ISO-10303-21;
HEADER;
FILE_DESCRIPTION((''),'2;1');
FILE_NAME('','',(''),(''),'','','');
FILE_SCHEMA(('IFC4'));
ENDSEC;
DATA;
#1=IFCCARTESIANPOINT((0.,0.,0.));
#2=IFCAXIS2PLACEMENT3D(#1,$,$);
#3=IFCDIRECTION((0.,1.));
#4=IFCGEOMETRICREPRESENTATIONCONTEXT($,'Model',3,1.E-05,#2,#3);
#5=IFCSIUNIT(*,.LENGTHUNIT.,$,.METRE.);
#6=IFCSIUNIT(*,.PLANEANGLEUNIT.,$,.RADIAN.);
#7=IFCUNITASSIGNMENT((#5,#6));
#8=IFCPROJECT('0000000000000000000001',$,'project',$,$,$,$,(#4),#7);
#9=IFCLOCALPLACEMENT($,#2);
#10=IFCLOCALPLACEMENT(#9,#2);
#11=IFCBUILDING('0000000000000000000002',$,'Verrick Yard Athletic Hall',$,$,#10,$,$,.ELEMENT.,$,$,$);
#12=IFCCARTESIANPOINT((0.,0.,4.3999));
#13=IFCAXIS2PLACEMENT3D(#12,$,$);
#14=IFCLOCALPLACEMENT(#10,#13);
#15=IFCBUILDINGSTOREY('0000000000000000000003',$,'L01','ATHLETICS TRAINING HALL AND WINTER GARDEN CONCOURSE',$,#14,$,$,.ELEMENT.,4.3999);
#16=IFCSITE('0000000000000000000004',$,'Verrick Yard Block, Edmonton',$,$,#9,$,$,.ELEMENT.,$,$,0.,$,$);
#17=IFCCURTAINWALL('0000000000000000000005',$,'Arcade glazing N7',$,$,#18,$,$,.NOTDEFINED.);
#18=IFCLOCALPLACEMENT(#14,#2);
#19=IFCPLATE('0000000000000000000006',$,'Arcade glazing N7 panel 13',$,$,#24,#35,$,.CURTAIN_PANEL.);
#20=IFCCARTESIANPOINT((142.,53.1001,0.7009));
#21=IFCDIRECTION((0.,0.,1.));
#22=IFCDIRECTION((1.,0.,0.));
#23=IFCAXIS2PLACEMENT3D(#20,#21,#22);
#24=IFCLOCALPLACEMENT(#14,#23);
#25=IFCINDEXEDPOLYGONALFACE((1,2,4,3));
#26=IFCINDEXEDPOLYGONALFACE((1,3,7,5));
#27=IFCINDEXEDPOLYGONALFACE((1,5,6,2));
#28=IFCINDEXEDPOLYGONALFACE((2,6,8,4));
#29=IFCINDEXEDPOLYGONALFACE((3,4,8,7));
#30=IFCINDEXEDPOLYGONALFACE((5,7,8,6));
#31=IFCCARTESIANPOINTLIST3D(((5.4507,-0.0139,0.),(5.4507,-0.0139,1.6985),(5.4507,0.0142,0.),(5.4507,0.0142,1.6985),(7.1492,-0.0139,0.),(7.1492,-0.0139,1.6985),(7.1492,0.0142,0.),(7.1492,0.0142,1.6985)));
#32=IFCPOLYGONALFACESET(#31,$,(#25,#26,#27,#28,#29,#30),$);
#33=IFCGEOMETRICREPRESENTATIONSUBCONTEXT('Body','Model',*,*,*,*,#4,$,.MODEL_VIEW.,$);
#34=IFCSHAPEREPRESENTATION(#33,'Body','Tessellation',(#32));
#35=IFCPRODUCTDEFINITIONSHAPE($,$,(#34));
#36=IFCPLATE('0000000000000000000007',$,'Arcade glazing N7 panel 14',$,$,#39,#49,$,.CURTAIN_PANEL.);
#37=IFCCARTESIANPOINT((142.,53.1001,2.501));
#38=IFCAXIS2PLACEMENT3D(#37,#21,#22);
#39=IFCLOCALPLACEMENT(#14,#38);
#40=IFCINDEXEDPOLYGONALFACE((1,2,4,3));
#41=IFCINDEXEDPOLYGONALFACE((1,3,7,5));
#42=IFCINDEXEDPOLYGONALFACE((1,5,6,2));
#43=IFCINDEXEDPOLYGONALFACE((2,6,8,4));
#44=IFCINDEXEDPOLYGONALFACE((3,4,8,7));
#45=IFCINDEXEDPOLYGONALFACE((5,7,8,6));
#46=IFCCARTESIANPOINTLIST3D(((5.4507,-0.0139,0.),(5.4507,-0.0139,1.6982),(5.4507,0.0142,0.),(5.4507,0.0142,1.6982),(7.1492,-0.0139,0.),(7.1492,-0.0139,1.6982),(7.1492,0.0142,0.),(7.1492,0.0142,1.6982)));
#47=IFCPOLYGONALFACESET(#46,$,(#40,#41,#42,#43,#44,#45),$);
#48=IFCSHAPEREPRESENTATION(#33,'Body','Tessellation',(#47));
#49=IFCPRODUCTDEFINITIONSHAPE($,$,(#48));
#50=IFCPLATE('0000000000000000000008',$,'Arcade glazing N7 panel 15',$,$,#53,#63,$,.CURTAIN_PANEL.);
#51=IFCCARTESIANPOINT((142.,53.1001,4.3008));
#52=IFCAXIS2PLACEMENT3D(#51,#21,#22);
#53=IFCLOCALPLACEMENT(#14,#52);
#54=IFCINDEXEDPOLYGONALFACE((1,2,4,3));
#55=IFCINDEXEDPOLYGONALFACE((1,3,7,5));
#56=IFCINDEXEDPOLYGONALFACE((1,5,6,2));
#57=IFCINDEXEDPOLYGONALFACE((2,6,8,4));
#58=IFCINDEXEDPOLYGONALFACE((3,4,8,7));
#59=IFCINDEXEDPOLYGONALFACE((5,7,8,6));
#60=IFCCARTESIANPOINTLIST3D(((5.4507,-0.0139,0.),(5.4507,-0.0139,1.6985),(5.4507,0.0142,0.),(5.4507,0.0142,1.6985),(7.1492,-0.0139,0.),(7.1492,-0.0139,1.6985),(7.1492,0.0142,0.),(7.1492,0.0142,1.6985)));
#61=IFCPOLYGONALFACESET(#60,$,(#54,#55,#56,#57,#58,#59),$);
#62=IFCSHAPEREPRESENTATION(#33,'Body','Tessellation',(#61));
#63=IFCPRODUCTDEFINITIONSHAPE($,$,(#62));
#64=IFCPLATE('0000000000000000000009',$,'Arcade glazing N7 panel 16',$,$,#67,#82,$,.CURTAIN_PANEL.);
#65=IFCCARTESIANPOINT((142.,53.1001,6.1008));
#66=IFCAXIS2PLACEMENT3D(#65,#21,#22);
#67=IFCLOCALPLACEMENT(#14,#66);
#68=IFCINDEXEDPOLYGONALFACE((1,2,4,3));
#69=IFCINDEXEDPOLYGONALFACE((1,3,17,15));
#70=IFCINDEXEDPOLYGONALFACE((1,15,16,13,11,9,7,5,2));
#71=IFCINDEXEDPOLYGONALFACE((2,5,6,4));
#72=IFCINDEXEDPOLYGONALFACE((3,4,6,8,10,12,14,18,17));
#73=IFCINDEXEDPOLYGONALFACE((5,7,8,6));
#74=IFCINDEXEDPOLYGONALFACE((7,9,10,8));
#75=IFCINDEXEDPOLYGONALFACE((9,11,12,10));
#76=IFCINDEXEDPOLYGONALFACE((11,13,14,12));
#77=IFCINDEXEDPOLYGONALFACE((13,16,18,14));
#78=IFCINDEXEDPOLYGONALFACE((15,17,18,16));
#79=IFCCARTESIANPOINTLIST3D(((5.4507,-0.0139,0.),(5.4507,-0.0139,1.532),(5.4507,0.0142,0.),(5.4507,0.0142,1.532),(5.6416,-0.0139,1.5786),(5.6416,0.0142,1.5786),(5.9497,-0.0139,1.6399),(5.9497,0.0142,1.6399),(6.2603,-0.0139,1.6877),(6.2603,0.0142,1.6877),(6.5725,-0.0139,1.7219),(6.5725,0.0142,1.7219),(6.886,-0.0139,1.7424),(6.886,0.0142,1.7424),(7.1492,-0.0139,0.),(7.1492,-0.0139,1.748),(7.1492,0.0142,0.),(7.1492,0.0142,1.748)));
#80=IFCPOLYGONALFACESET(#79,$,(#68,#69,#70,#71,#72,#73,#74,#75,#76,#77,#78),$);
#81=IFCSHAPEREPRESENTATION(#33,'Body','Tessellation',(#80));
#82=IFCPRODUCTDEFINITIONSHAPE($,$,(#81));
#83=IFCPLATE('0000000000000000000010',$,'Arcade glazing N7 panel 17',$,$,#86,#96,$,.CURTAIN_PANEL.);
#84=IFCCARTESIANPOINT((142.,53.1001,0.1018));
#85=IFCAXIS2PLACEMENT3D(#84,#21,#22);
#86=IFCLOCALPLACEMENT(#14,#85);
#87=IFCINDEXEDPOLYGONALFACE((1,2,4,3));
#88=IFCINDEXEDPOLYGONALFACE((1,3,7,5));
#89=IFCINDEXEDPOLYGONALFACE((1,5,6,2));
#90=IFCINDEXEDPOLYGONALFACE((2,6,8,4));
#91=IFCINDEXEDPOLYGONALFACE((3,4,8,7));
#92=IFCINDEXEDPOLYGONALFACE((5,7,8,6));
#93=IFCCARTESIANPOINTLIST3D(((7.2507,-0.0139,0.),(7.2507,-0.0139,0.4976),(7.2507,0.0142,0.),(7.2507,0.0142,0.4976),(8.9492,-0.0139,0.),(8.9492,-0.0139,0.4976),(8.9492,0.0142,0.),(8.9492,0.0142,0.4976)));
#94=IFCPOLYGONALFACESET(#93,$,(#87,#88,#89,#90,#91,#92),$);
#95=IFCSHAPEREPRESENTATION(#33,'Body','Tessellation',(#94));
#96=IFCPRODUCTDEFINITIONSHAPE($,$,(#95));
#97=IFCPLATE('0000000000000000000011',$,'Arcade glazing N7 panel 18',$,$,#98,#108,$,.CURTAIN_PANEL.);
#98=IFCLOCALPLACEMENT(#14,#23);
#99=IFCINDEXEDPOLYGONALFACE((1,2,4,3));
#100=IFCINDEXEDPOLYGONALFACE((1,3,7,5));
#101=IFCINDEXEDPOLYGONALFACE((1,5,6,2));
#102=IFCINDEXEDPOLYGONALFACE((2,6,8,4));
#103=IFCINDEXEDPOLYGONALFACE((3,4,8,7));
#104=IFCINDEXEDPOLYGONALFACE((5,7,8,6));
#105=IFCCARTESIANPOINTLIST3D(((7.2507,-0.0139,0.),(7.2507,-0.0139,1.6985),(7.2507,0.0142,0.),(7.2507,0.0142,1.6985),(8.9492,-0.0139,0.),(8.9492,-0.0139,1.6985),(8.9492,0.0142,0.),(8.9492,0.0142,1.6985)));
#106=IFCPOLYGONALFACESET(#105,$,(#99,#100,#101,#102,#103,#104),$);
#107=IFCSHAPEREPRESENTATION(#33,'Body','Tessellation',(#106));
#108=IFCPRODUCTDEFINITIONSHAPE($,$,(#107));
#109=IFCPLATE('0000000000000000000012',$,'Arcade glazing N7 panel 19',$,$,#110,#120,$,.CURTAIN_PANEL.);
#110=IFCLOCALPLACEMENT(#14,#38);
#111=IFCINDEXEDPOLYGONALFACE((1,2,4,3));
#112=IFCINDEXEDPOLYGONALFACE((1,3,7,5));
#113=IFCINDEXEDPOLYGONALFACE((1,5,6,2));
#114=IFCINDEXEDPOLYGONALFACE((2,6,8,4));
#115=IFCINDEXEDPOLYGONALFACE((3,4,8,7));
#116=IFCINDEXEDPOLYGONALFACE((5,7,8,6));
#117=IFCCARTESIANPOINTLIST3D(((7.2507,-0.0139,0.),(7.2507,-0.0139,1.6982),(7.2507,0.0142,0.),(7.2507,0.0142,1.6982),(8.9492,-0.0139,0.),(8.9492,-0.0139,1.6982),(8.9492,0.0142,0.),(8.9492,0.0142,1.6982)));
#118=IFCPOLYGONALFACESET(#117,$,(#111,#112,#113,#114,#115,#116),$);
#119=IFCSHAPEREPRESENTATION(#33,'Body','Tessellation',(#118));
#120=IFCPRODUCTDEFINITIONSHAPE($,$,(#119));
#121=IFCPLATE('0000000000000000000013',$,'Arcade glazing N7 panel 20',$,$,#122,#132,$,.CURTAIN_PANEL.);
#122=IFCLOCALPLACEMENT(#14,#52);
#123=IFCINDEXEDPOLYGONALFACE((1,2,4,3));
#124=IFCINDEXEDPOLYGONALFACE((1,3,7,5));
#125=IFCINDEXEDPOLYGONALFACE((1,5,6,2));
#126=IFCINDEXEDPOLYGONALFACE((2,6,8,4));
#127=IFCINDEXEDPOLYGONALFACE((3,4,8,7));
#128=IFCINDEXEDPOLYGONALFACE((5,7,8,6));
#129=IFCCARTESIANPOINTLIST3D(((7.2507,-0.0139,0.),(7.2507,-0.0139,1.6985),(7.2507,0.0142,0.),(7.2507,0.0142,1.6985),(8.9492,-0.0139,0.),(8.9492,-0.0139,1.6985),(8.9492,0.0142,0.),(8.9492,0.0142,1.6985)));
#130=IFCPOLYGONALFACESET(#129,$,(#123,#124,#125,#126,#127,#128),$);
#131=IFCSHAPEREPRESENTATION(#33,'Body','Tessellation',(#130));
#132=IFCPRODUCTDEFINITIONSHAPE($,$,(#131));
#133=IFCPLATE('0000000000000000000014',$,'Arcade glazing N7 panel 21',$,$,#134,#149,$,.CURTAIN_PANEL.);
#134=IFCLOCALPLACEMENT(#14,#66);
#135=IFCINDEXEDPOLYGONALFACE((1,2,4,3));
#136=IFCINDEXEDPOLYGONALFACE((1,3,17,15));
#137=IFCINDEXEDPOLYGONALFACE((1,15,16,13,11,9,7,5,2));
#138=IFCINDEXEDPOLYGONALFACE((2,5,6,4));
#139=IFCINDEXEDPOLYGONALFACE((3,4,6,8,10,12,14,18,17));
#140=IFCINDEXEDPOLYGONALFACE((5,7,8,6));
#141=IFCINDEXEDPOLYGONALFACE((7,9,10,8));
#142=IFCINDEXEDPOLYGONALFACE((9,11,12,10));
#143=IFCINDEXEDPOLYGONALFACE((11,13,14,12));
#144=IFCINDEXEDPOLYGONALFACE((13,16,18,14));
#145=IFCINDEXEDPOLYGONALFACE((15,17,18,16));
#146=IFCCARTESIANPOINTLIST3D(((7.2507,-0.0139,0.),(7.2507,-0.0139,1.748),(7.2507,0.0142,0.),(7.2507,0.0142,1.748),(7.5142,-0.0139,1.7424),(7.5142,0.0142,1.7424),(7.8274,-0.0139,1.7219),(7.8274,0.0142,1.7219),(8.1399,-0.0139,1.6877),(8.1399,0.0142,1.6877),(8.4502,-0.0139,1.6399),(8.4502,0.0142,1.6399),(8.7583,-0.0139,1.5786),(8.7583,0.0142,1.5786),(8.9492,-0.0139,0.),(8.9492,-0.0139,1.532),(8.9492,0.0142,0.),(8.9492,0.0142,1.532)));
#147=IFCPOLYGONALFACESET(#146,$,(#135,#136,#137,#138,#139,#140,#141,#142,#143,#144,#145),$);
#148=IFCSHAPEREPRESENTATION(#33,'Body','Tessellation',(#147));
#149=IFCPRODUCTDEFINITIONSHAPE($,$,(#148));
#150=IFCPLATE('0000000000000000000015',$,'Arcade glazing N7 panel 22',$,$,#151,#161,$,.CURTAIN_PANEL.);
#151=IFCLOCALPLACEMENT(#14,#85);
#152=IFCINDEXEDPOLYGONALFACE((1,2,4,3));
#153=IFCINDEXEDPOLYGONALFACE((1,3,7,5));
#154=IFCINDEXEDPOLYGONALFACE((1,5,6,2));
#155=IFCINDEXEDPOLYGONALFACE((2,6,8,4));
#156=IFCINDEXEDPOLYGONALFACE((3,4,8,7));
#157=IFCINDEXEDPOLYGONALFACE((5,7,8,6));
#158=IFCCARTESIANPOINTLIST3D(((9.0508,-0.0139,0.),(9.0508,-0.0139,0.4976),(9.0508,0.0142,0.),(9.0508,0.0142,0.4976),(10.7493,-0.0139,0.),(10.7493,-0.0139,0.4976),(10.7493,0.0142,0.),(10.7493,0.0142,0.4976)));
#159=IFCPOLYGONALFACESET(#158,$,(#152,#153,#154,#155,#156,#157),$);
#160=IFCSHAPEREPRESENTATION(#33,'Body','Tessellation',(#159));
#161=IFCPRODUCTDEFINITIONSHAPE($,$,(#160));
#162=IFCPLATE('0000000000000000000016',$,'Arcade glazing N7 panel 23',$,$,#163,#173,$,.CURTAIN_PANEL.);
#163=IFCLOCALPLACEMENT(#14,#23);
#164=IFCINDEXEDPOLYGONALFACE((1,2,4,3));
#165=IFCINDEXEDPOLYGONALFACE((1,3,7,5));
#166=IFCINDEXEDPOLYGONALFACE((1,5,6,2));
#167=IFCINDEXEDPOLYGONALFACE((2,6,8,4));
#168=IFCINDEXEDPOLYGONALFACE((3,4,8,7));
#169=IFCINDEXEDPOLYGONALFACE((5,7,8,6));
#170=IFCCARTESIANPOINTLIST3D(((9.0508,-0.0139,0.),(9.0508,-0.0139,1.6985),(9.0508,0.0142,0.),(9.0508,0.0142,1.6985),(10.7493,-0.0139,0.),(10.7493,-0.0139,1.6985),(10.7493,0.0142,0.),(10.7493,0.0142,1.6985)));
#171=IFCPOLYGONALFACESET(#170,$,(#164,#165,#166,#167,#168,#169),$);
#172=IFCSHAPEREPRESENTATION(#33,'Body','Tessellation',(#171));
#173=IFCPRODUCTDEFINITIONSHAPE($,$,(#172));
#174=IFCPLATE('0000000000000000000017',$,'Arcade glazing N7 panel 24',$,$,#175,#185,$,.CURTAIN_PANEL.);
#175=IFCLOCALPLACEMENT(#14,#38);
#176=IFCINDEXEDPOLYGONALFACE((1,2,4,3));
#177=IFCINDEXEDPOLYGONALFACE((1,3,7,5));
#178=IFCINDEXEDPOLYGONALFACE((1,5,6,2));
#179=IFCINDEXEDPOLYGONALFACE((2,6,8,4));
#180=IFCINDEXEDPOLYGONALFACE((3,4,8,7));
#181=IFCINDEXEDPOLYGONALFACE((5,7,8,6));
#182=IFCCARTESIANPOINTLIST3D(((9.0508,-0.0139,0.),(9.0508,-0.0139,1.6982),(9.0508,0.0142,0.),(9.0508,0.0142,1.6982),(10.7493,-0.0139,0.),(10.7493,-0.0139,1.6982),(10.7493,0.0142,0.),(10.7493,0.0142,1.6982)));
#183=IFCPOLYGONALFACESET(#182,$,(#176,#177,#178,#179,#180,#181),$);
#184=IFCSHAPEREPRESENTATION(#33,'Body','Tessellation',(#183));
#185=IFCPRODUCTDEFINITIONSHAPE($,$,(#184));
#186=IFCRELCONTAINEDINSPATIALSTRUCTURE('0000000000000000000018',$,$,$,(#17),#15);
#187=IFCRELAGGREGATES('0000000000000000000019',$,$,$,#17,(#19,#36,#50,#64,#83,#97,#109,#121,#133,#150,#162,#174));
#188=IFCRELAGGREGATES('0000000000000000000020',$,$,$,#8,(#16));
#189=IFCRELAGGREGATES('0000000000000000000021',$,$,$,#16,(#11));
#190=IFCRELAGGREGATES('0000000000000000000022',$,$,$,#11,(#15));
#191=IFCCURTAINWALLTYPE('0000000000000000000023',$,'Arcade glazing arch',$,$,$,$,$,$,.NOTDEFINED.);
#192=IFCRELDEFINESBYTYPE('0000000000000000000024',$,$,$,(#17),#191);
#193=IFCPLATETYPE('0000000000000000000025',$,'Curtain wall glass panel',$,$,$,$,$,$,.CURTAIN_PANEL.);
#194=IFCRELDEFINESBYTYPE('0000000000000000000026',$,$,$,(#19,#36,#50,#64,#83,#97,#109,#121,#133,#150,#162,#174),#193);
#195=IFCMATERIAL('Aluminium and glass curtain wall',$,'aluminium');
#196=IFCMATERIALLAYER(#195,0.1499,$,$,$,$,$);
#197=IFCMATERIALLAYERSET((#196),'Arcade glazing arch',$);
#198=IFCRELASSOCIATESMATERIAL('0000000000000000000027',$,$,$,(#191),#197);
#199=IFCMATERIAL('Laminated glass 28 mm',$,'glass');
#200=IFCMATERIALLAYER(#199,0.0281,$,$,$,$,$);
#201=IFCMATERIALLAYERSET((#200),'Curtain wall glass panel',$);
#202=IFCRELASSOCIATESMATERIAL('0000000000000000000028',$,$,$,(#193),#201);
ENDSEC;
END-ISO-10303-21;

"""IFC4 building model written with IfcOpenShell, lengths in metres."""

from ifc_helpers import new_model, si_unit, direction, frame, origin, place, context, subcontext, project, spatial, polyline, outline, extrude, material, layer, layer_set, type_object, element, aggregate, save


model = new_model("IFC4")

# Units and contexts
model_context = context("Model", 3, precision=1e-05, world=origin(), true_north=direction((0.0, 1.0)))
body_context = subcontext(model_context, "Body", "Model", "MODEL_VIEW")
ifc_project = project(units=[si_unit("LENGTHUNIT", "METRE"), si_unit("PLANEANGLEUNIT", "RADIAN")], contexts=[model_context])

# Site, building, storey
site_placement = place(None, origin())
site = spatial("IfcSite", under=ifc_project, at=site_placement, Name="Verrick Yard Block, Edmonton", CompositionType="ELEMENT", RefElevation=0.0)
building_placement = place(site_placement, origin())
building = spatial("IfcBuilding", under=site, at=building_placement, Name="Verrick Yard Athletic Hall", CompositionType="ELEMENT")
storey_placement = place(building_placement, frame((0.0, 0.0, 4.3999)))
storey = spatial("IfcBuildingStorey", under=building, at=storey_placement, Name="L01", Description="ATHLETICS TRAINING HALL AND WINTER GARDEN CONCOURSE", CompositionType="ELEMENT", Elevation=4.3999)

# Curtain wall, plates
ifc_material_1 = material(Name="Aluminium and glass curtain wall", Category="aluminium")
ifc_layer_1 = layer(ifc_material_1, 0.1499)
ifc_layer_set_1 = layer_set([ifc_layer_1], Name="Arcade glazing arch")
curtain_wall_type = type_object("IfcCurtainWallType", Name="Arcade glazing arch", PredefinedType="NOTDEFINED", material=ifc_layer_set_1)
curtain_wall_placement = place(storey_placement, origin())
curtain_wall = element("IfcCurtainWall", 1, at=curtain_wall_placement, inside=storey, type_object=curtain_wall_type, Name="Arcade glazing N7", PredefinedType="NOTDEFINED")
ifc_material_2 = material(Name="Laminated glass 28 mm", Category="glass")
ifc_layer_2 = layer(ifc_material_2, 0.0281)
ifc_layer_set_2 = layer_set([ifc_layer_2], Name="Curtain wall glass panel")
plate_type = type_object("IfcPlateType", Name="Curtain wall glass panel", PredefinedType="CURTAIN_PANEL", material=ifc_layer_set_2)
plate_1_placement = place(storey_placement, frame((142.0, 53.1001, 0.7009), z_axis=(0.0, 0.0, 1.0), x_axis=(1.0, 0.0, 0.0)))
plate_1 = element("IfcPlate", 2, at=plate_1_placement, type_object=plate_type, Name="Arcade glazing N7 panel 13", PredefinedType="CURTAIN_PANEL", context=body_context, shape_type="SweptSolid", body=[
    extrude(outline(polyline([(7.1492, 0.0), (7.1492, 1.6985), (5.4507, 1.6985), (5.4507, 0.0), (7.1492, 0.0)])), frame((0.0, 0.0142, 0.0), z_axis=(0.0, -1.0, 0.0), x_axis=(1.0, 0.0, 0.0)), (0.0, 0.0, 1.0), 0.0281),
])
plate_2_placement = place(storey_placement, frame((142.0, 53.1001, 2.501), z_axis=(0.0, 0.0, 1.0), x_axis=(1.0, 0.0, 0.0)))
plate_2 = element("IfcPlate", 3, at=plate_2_placement, type_object=plate_type, Name="Arcade glazing N7 panel 14", PredefinedType="CURTAIN_PANEL", context=body_context, shape_type="SweptSolid", body=[
    extrude(outline(polyline([(7.1492, 0.0), (7.1492, 1.6982), (5.4507, 1.6982), (5.4507, 0.0), (7.1492, 0.0)])), frame((0.0, 0.0142, 0.0), z_axis=(0.0, -1.0, 0.0), x_axis=(1.0, 0.0, 0.0)), (0.0, 0.0, 1.0), 0.0281),
])
plate_3_placement = place(storey_placement, frame((142.0, 53.1001, 4.3008), z_axis=(0.0, 0.0, 1.0), x_axis=(1.0, 0.0, 0.0)))
plate_3 = element("IfcPlate", 4, at=plate_3_placement, type_object=plate_type, Name="Arcade glazing N7 panel 15", PredefinedType="CURTAIN_PANEL", context=body_context, shape_type="SweptSolid", body=[
    extrude(outline(polyline([(7.1492, 0.0), (7.1492, 1.6985), (5.4507, 1.6985), (5.4507, 0.0), (7.1492, 0.0)])), frame((0.0, 0.0142, 0.0), z_axis=(0.0, -1.0, 0.0), x_axis=(1.0, 0.0, 0.0)), (0.0, 0.0, 1.0), 0.0281),
])
plate_4_placement = place(storey_placement, frame((142.0, 53.1001, 6.1008), z_axis=(0.0, 0.0, 1.0), x_axis=(1.0, 0.0, 0.0)))
plate_4 = element("IfcPlate", 5, at=plate_4_placement, type_object=plate_type, Name="Arcade glazing N7 panel 16", PredefinedType="CURTAIN_PANEL", context=body_context, shape_type="SweptSolid", body=[
    extrude(outline(polyline([(7.1492, 1.748), (6.886, 1.7424), (6.5725, 1.7219), (6.2603, 1.6877), (5.9497, 1.6399), (5.6416, 1.5786), (5.4507, 1.532), (5.4507, 0.0), (7.1492, 0.0), (7.1492, 1.748)])), frame((0.0, 0.0142, 0.0), z_axis=(0.0, -1.0, 0.0), x_axis=(1.0, 0.0, 0.0)), (0.0, 0.0, 1.0), 0.0281),
])
plate_5_placement = place(storey_placement, frame((142.0, 53.1001, 0.1018), z_axis=(0.0, 0.0, 1.0), x_axis=(1.0, 0.0, 0.0)))
plate_5 = element("IfcPlate", 6, at=plate_5_placement, type_object=plate_type, Name="Arcade glazing N7 panel 17", PredefinedType="CURTAIN_PANEL", context=body_context, shape_type="SweptSolid", body=[
    extrude(outline(polyline([(8.9492, 0.0), (8.9492, 0.4976), (7.2507, 0.4976), (7.2507, 0.0), (8.9492, 0.0)])), frame((0.0, 0.0142, 0.0), z_axis=(0.0, -1.0, 0.0), x_axis=(1.0, 0.0, 0.0)), (0.0, 0.0, 1.0), 0.0281),
])
plate_6_placement = place(storey_placement, frame((142.0, 53.1001, 0.7009), z_axis=(0.0, 0.0, 1.0), x_axis=(1.0, 0.0, 0.0)))
plate_6 = element("IfcPlate", 7, at=plate_6_placement, type_object=plate_type, Name="Arcade glazing N7 panel 18", PredefinedType="CURTAIN_PANEL", context=body_context, shape_type="SweptSolid", body=[
    extrude(outline(polyline([(8.9492, 0.0), (8.9492, 1.6985), (7.2507, 1.6985), (7.2507, 0.0), (8.9492, 0.0)])), frame((0.0, 0.0142, 0.0), z_axis=(0.0, -1.0, 0.0), x_axis=(1.0, 0.0, 0.0)), (0.0, 0.0, 1.0), 0.0281),
])
plate_7_placement = place(storey_placement, frame((142.0, 53.1001, 2.501), z_axis=(0.0, 0.0, 1.0), x_axis=(1.0, 0.0, 0.0)))
plate_7 = element("IfcPlate", 8, at=plate_7_placement, type_object=plate_type, Name="Arcade glazing N7 panel 19", PredefinedType="CURTAIN_PANEL", context=body_context, shape_type="SweptSolid", body=[
    extrude(outline(polyline([(8.9492, 0.0), (8.9492, 1.6982), (7.2507, 1.6982), (7.2507, 0.0), (8.9492, 0.0)])), frame((0.0, 0.0142, 0.0), z_axis=(0.0, -1.0, 0.0), x_axis=(1.0, 0.0, 0.0)), (0.0, 0.0, 1.0), 0.0281),
])
plate_8_placement = place(storey_placement, frame((142.0, 53.1001, 4.3008), z_axis=(0.0, 0.0, 1.0), x_axis=(1.0, 0.0, 0.0)))
plate_8 = element("IfcPlate", 9, at=plate_8_placement, type_object=plate_type, Name="Arcade glazing N7 panel 20", PredefinedType="CURTAIN_PANEL", context=body_context, shape_type="SweptSolid", body=[
    extrude(outline(polyline([(8.9492, 0.0), (8.9492, 1.6985), (7.2507, 1.6985), (7.2507, 0.0), (8.9492, 0.0)])), frame((0.0, 0.0142, 0.0), z_axis=(0.0, -1.0, 0.0), x_axis=(1.0, 0.0, 0.0)), (0.0, 0.0, 1.0), 0.0281),
])
plate_9_placement = place(storey_placement, frame((142.0, 53.1001, 6.1008), z_axis=(0.0, 0.0, 1.0), x_axis=(1.0, 0.0, 0.0)))
plate_9 = element("IfcPlate", 10, at=plate_9_placement, type_object=plate_type, Name="Arcade glazing N7 panel 21", PredefinedType="CURTAIN_PANEL", context=body_context, shape_type="SweptSolid", body=[
    extrude(outline(polyline([(8.9492, 1.532), (8.7583, 1.5786), (8.4502, 1.6399), (8.1399, 1.6877), (7.8274, 1.7219), (7.5142, 1.7424), (7.2507, 1.748), (7.2507, 0.0), (8.9492, 0.0), (8.9492, 1.532)])), frame((0.0, 0.0142, 0.0), z_axis=(0.0, -1.0, 0.0), x_axis=(1.0, 0.0, 0.0)), (0.0, 0.0, 1.0), 0.0281),
])
plate_10_placement = place(storey_placement, frame((142.0, 53.1001, 0.1018), z_axis=(0.0, 0.0, 1.0), x_axis=(1.0, 0.0, 0.0)))
plate_10 = element("IfcPlate", 11, at=plate_10_placement, type_object=plate_type, Name="Arcade glazing N7 panel 22", PredefinedType="CURTAIN_PANEL", context=body_context, shape_type="SweptSolid", body=[
    extrude(outline(polyline([(10.7493, 0.0), (10.7493, 0.4976), (9.0508, 0.4976), (9.0508, 0.0), (10.7493, 0.0)])), frame((0.0, 0.0142, 0.0), z_axis=(0.0, -1.0, 0.0), x_axis=(1.0, 0.0, 0.0)), (0.0, 0.0, 1.0), 0.0281),
])
plate_11_placement = place(storey_placement, frame((142.0, 53.1001, 0.7009), z_axis=(0.0, 0.0, 1.0), x_axis=(1.0, 0.0, 0.0)))
plate_11 = element("IfcPlate", 12, at=plate_11_placement, type_object=plate_type, Name="Arcade glazing N7 panel 23", PredefinedType="CURTAIN_PANEL", context=body_context, shape_type="SweptSolid", body=[
    extrude(outline(polyline([(10.7493, 0.0), (10.7493, 1.6985), (9.0508, 1.6985), (9.0508, 0.0), (10.7493, 0.0)])), frame((0.0, 0.0142, 0.0), z_axis=(0.0, -1.0, 0.0), x_axis=(1.0, 0.0, 0.0)), (0.0, 0.0, 1.0), 0.0281),
])
plate_12_placement = place(storey_placement, frame((142.0, 53.1001, 2.501), z_axis=(0.0, 0.0, 1.0), x_axis=(1.0, 0.0, 0.0)))
plate_12 = element("IfcPlate", 13, at=plate_12_placement, type_object=plate_type, Name="Arcade glazing N7 panel 24", PredefinedType="CURTAIN_PANEL", context=body_context, shape_type="SweptSolid", body=[
    extrude(outline(polyline([(10.7493, 0.0), (10.7493, 1.6982), (9.0508, 1.6982), (9.0508, 0.0), (10.7493, 0.0)])), frame((0.0, 0.0142, 0.0), z_axis=(0.0, -1.0, 0.0), x_axis=(1.0, 0.0, 0.0)), (0.0, 0.0, 1.0), 0.0281),
])
aggregate(curtain_wall, [plate_1, plate_2, plate_3, plate_4, plate_5, plate_6, plate_7, plate_8, plate_9, plate_10, plate_11, plate_12])

save(model, "model.ifc")
